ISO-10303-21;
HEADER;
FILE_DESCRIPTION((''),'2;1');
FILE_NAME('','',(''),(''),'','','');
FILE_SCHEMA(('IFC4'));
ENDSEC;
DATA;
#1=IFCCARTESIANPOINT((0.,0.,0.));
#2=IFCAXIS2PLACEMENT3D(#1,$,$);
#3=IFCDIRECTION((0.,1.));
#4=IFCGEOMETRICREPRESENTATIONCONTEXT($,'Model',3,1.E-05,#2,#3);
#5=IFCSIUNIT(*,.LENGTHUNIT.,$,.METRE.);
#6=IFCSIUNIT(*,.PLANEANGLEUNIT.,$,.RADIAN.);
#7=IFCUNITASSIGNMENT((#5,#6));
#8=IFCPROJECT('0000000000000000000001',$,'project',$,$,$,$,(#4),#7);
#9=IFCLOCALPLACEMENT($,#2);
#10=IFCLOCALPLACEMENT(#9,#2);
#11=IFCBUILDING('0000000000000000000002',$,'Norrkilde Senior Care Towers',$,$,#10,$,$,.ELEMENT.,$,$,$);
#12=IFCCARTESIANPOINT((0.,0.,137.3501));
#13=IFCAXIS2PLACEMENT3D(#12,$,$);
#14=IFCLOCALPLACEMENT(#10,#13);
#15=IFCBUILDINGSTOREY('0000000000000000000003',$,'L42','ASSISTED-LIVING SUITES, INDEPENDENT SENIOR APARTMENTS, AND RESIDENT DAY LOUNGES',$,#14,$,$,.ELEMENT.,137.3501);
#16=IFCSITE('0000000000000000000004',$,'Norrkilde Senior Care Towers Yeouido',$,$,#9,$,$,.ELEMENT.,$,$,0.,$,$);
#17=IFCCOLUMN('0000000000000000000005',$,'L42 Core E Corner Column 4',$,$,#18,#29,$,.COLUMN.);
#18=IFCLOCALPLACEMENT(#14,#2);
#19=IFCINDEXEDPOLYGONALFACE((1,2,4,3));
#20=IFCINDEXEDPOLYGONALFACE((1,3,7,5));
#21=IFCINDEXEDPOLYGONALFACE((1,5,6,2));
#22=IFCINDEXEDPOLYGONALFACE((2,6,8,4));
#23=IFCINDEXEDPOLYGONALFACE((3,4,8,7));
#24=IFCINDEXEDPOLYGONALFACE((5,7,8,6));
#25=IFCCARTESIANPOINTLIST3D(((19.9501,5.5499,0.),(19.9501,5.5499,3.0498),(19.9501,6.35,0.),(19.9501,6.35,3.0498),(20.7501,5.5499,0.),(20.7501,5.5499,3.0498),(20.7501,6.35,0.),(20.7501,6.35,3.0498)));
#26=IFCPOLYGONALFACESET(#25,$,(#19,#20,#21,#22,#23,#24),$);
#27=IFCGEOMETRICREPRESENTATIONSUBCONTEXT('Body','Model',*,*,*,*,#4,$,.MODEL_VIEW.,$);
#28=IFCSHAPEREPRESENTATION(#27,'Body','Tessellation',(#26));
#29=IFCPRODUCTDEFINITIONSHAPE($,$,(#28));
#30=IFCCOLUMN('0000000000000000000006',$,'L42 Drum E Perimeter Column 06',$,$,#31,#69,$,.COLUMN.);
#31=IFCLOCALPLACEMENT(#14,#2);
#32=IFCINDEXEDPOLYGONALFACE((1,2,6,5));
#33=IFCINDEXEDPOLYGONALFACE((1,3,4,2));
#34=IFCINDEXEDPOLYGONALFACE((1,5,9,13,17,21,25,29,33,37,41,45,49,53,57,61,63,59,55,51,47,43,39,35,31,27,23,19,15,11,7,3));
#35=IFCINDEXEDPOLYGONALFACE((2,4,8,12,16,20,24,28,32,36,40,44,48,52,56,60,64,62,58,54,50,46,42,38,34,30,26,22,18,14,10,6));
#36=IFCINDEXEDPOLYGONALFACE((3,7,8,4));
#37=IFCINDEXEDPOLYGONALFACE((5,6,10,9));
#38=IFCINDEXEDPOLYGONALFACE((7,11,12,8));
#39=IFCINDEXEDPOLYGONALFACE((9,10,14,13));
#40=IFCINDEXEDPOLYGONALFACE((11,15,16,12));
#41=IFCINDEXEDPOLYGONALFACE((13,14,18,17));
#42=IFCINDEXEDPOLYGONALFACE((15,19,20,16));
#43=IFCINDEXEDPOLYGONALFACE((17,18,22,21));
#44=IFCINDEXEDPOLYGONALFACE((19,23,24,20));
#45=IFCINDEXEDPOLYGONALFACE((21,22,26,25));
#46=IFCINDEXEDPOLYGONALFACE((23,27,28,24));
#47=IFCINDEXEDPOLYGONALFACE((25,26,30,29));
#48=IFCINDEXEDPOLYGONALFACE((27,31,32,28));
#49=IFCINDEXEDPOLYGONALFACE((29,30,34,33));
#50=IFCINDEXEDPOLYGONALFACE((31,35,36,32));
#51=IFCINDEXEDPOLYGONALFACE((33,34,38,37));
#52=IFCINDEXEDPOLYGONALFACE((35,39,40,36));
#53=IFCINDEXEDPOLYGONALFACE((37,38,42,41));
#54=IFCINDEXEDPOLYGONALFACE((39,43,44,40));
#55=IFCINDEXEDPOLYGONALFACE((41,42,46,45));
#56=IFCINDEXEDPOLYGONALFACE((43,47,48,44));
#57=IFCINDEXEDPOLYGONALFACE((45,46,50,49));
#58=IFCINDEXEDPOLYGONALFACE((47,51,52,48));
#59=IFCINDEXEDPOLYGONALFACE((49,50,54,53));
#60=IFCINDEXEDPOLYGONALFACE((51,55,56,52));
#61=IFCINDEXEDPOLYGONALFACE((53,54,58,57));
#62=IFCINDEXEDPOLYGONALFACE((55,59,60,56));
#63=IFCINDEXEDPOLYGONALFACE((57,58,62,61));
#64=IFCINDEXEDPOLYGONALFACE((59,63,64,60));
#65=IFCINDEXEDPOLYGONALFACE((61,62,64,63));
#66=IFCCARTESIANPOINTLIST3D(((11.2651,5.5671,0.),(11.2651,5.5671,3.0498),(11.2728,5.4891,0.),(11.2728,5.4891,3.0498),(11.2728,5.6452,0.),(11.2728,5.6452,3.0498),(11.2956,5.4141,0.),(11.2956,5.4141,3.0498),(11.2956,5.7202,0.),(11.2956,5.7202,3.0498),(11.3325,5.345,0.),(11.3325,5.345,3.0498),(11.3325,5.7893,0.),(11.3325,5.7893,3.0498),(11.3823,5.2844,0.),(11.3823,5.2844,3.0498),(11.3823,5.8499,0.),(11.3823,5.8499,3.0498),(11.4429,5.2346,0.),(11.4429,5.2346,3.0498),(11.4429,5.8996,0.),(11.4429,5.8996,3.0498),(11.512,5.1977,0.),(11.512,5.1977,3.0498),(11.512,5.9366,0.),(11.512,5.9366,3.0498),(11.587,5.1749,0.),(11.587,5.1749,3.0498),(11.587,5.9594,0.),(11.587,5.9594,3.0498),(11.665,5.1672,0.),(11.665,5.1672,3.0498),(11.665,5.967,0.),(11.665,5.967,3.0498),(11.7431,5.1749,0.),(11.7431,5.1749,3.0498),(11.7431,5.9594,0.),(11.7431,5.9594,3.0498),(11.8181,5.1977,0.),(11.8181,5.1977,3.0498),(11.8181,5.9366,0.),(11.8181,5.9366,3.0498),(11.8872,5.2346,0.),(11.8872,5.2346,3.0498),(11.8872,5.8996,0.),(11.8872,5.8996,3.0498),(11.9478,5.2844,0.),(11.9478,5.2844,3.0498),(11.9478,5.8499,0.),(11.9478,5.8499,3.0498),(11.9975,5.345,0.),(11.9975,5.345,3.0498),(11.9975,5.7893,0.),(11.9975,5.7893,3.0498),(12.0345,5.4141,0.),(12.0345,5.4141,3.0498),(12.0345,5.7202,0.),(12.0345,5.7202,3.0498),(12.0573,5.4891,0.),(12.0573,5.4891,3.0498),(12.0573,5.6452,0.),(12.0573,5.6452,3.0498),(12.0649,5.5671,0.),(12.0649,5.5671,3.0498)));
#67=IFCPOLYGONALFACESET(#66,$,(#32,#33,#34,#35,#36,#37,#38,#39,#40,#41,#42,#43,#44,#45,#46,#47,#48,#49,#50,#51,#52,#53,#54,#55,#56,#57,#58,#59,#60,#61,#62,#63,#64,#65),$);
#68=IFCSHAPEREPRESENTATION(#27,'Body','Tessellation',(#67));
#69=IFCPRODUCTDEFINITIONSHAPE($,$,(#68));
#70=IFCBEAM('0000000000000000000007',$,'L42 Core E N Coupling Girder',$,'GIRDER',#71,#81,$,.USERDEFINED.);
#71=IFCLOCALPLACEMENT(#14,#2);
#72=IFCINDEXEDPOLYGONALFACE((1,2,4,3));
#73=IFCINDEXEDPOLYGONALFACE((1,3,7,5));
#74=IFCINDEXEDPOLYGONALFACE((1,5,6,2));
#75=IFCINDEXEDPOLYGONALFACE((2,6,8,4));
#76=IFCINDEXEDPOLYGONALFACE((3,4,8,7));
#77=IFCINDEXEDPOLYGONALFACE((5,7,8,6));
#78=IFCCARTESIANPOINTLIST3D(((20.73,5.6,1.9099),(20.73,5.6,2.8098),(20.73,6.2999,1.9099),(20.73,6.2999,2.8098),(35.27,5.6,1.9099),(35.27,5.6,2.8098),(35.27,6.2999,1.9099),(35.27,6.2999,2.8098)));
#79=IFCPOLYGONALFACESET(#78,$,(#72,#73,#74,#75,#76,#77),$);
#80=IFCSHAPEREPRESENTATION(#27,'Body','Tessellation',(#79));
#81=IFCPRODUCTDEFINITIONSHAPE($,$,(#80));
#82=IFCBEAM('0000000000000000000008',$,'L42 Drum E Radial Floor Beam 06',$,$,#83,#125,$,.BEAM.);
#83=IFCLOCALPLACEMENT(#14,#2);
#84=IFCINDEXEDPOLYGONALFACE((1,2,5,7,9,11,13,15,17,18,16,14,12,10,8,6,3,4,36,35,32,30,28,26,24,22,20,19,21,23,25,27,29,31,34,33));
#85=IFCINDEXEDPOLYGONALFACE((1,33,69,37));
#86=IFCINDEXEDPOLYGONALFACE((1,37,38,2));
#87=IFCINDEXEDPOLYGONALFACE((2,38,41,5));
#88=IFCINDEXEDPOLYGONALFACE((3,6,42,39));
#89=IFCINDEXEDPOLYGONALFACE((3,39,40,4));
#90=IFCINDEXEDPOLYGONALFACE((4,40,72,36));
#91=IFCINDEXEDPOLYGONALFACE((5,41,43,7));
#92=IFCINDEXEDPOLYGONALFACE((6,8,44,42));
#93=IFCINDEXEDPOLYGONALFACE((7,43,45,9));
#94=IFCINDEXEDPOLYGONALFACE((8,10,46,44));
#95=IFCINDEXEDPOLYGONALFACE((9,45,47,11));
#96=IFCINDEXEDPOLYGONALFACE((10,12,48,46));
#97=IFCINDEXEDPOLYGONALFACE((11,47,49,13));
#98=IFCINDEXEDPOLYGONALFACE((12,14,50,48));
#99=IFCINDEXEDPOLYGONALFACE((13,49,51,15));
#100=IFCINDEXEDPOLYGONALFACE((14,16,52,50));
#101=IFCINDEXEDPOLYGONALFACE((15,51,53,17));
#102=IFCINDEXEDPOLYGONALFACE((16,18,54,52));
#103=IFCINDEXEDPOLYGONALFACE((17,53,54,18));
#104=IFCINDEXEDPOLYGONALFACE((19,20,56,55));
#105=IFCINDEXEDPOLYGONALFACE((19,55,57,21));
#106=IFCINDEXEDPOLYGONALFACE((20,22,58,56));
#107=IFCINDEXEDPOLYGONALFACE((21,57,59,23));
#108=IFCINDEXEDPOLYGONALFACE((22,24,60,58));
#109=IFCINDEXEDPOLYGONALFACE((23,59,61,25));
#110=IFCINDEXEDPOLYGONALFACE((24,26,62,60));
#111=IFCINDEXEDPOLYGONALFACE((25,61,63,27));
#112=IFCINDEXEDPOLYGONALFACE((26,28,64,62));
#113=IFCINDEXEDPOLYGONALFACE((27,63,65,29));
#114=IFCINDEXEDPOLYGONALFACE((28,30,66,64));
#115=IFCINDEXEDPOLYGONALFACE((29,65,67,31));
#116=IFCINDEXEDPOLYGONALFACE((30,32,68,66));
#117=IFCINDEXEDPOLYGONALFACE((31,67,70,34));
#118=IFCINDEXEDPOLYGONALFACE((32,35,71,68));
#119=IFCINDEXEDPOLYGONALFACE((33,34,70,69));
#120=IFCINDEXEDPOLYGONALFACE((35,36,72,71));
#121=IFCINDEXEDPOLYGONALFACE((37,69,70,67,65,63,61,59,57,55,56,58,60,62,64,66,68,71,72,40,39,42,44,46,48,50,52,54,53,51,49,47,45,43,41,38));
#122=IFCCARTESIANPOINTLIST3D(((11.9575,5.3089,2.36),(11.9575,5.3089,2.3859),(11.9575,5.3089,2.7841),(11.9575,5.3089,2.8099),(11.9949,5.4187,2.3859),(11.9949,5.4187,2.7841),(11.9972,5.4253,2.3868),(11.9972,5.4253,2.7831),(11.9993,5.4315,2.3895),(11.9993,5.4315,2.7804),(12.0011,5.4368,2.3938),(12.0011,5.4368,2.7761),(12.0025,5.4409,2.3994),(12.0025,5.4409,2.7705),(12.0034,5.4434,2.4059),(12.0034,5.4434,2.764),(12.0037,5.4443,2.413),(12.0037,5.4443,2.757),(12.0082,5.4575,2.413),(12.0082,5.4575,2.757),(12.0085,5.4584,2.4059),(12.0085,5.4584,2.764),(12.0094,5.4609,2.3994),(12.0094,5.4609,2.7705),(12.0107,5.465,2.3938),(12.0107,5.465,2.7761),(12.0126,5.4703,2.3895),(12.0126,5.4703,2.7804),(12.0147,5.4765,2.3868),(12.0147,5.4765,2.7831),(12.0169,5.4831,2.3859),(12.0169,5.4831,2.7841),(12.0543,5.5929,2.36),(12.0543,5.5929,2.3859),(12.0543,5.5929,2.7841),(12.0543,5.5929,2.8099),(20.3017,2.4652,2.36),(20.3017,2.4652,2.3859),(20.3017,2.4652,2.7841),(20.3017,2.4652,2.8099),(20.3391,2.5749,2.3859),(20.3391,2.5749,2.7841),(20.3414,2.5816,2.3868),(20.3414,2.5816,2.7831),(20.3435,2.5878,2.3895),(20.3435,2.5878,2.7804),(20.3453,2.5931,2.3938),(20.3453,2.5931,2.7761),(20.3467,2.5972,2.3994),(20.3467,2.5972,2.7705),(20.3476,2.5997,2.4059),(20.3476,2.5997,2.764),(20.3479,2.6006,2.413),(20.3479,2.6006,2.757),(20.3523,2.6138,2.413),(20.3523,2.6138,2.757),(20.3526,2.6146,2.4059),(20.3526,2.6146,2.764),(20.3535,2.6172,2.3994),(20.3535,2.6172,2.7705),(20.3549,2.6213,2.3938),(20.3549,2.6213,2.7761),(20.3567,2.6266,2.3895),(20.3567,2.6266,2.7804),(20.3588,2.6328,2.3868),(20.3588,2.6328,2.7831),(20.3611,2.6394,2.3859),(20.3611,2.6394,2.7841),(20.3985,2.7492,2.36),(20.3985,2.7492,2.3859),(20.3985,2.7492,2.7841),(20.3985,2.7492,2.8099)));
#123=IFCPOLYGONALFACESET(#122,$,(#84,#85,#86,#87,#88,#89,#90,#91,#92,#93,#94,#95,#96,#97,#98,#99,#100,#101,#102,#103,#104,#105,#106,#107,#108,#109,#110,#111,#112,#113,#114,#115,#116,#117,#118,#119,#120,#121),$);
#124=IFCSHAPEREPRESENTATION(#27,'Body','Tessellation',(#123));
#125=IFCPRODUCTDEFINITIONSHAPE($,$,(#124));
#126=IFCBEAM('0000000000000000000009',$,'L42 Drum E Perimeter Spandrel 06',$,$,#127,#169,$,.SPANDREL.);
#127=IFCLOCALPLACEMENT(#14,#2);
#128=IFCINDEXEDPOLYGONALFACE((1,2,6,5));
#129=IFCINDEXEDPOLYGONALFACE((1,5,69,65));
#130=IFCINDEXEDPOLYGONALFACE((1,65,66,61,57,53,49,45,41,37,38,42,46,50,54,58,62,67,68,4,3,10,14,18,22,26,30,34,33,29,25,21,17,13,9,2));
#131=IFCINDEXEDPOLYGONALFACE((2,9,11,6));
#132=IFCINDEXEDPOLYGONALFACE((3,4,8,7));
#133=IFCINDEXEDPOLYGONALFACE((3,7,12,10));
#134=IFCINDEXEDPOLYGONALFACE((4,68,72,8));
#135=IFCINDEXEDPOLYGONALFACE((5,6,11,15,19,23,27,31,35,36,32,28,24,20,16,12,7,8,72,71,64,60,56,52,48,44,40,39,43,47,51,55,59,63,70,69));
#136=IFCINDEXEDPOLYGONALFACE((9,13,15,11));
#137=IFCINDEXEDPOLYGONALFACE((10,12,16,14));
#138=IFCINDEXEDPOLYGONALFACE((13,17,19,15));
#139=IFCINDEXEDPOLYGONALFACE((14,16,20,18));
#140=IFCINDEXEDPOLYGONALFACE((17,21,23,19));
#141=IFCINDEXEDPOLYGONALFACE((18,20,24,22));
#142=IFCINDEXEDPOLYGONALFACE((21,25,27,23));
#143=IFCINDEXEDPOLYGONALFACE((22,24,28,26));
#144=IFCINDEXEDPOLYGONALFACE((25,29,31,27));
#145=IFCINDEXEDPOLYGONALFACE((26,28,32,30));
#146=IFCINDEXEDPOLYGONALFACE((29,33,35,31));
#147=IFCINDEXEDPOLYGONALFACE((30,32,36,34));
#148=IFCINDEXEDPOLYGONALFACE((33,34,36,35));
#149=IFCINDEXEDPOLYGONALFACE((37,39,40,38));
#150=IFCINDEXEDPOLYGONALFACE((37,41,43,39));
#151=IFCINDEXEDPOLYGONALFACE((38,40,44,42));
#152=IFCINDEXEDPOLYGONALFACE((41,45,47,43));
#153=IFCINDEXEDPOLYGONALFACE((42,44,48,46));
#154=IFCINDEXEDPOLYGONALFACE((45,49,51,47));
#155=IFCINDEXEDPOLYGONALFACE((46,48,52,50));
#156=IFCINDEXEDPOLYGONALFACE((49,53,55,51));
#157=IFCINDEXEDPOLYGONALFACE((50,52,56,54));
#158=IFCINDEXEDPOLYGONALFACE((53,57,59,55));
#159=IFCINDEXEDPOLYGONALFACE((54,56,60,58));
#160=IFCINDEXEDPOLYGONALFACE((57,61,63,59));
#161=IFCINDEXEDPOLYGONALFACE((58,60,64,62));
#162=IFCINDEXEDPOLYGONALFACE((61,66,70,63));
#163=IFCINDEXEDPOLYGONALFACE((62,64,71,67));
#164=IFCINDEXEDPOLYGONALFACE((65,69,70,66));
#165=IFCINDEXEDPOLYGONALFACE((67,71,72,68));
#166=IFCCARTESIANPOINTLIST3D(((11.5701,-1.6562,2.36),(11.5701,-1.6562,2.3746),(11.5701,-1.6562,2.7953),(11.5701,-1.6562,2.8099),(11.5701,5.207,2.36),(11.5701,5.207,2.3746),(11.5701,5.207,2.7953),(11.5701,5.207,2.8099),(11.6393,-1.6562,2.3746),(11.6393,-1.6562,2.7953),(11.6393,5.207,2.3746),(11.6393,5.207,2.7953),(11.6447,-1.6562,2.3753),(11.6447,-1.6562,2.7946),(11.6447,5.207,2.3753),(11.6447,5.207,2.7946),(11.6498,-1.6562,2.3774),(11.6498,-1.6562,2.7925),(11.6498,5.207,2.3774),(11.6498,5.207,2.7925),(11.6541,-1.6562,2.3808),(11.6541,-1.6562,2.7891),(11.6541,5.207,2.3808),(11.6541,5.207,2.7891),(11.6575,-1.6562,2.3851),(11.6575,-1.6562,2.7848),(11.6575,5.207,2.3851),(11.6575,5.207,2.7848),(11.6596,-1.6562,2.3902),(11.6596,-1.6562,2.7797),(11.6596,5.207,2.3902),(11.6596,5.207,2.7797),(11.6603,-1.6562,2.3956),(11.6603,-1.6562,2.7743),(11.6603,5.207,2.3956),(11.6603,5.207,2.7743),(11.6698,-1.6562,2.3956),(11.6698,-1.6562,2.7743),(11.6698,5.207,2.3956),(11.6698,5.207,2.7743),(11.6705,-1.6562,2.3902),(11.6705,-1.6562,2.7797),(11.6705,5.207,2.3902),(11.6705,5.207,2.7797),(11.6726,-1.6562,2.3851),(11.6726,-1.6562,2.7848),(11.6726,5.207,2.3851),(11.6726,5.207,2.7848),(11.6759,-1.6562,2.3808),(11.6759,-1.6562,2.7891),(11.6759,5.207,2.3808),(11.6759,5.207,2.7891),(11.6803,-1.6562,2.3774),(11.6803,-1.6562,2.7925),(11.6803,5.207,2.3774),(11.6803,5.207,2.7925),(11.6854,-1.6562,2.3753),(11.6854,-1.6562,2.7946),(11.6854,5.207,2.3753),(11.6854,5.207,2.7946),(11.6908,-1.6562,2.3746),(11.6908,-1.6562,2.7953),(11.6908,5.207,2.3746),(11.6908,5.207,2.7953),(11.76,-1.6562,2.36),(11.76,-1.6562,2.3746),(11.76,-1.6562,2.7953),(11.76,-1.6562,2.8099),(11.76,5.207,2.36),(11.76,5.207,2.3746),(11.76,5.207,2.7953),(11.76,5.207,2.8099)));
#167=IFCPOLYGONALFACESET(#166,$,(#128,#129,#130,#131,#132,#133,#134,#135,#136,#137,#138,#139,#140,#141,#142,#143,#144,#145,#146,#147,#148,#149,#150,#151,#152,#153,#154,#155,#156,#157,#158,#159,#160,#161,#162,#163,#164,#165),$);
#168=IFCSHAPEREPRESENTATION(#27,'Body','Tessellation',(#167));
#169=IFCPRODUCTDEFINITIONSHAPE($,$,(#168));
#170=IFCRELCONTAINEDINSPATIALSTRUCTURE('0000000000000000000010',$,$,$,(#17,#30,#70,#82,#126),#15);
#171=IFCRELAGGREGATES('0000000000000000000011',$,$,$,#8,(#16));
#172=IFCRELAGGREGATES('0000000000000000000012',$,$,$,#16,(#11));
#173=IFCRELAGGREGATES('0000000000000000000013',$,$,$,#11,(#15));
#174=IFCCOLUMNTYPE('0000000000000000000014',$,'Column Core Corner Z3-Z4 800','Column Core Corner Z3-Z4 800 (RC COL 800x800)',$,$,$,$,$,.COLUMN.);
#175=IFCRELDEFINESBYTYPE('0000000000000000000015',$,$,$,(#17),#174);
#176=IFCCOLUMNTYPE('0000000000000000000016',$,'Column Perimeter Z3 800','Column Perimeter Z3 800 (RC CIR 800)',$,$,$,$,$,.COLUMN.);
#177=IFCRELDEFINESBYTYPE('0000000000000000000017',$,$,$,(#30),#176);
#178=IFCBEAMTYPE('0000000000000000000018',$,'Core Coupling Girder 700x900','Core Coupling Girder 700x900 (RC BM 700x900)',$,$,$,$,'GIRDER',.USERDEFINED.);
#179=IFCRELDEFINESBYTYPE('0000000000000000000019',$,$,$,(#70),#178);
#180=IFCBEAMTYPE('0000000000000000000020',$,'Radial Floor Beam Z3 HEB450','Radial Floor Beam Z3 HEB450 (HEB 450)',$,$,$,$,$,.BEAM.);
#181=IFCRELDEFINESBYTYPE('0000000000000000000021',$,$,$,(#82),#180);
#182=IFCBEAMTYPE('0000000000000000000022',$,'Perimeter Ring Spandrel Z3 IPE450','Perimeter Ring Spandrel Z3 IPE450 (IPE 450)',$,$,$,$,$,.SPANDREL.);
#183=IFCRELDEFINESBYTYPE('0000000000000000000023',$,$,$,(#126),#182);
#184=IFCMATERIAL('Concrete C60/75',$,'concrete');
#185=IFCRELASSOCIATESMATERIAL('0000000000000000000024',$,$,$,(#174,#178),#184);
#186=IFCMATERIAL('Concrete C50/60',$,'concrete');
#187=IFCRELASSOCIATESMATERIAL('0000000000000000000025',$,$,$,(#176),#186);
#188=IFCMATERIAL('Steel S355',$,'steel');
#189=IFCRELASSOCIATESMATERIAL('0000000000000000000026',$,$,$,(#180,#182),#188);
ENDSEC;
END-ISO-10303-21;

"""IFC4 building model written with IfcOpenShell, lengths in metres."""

from ifc_helpers import new_model, si_unit, direction, frame, origin, origin_2d, place, context, subcontext, project, spatial, rectangle, circle, i_section, extrude, source, transform, mapped, material, material_profile, profile_set, type_object, type_shapes, element, save


model = new_model("IFC4")

# Units and contexts
model_context = context("Model", 3, precision=1e-05, world=origin(), true_north=direction((0.0, 1.0)))
body_context = subcontext(model_context, "Body", "Model", "MODEL_VIEW")
ifc_project = project(units=[si_unit("LENGTHUNIT", "METRE"), si_unit("PLANEANGLEUNIT", "RADIAN")], contexts=[model_context])

# Site, building, storey
site_placement = place(None, origin())
site = spatial("IfcSite", under=ifc_project, at=site_placement, Name="Norrkilde Senior Care Towers Yeouido", CompositionType="ELEMENT", RefElevation=0.0)
building_placement = place(site_placement, origin())
building = spatial("IfcBuilding", under=site, at=building_placement, Name="Norrkilde Senior Care Towers", CompositionType="ELEMENT")
storey_placement = place(building_placement, frame((0.0, 0.0, 137.3501)))
storey = spatial("IfcBuildingStorey", under=building, at=storey_placement, Name="L42", Description="ASSISTED-LIVING SUITES, INDEPENDENT SENIOR APARTMENTS, AND RESIDENT DAY LOUNGES", CompositionType="ELEMENT", Elevation=137.3501)

# Columns
ifc_material_1 = material(Name="Concrete C60/75", Category="concrete")
ifc_material_profile_1 = material_profile(ifc_material_1, rectangle(XDim=0.8, YDim=0.8, at=origin_2d()), Name="RC COL 800x800")
ifc_profile_set_1 = profile_set([ifc_material_profile_1], Name="Concrete C60/75")
column_type_1 = type_object("IfcColumnType", Name="Column Core Corner Z3-Z4 800", Description="Column Core Corner Z3-Z4 800 (RC COL 800x800)", PredefinedType="COLUMN", material=ifc_profile_set_1)
shared_shape_1 = source(origin(), body_context, "Body", "SweptSolid", [
    extrude(rectangle(XDim=0.8, YDim=0.8, at=origin_2d()), origin(), (0.0, 0.0, 1.0), 3.0498),
])
type_shapes(column_type_1, [shared_shape_1])
column_1_placement = place(storey_placement, frame((20.3501, 5.95, 0.0), z_axis=(0.0, 0.0, 1.0), x_axis=(1.0, 0.0, 0.0)))
element("IfcColumn", 1, at=column_1_placement, inside=storey, type_object=column_type_1, Name="L42 Core E Corner Column 4", PredefinedType="COLUMN", context=body_context, shape_type="MappedRepresentation", body=[
    mapped(shared_shape_1, transform((0.0, 0.0, 0.0), x_axis=(1.0, 0.0, 0.0), y_axis=(0.0, 1.0, 0.0), z_axis=(0.0, 0.0, 1.0), scale=1.0)),
])
ifc_material_2 = material(Name="Concrete C50/60", Category="concrete")
ifc_material_profile_2 = material_profile(ifc_material_2, circle(Radius=0.3999, at=origin_2d()), Name="RC CIR 800")
ifc_profile_set_2 = profile_set([ifc_material_profile_2], Name="Concrete C50/60")
column_type_2 = type_object("IfcColumnType", Name="Column Perimeter Z3 800", Description="Column Perimeter Z3 800 (RC CIR 800)", PredefinedType="COLUMN", material=ifc_profile_set_2)
shared_shape_2 = source(origin(), body_context, "Body", "SweptSolid", [
    extrude(circle(Radius=0.3999, at=origin_2d()), origin(), (0.0, 0.0, 1.0), 3.0498),
])
type_shapes(column_type_2, [shared_shape_2])
column_2_placement = place(storey_placement, frame((11.665, 5.5671, 0.0), z_axis=(0.0, 0.0, 1.0), x_axis=(1.0, 0.0, 0.0)))
element("IfcColumn", 2, at=column_2_placement, inside=storey, type_object=column_type_2, Name="L42 Drum E Perimeter Column 06", PredefinedType="COLUMN", context=body_context, shape_type="MappedRepresentation", body=[
    mapped(shared_shape_2, transform((0.0, 0.0, 0.0), x_axis=(1.0, 0.0, 0.0), y_axis=(0.0, 1.0, 0.0), z_axis=(0.0, 0.0, 1.0), scale=1.0)),
])

# Beams
ifc_material_profile_3 = material_profile(ifc_material_1, rectangle(XDim=0.7, YDim=0.8999, at=origin_2d()), Name="RC BM 700x900")
ifc_profile_set_3 = profile_set([ifc_material_profile_3], Name="Concrete C60/75")
beam_type_1 = type_object("IfcBeamType", Name="Core Coupling Girder 700x900", Description="Core Coupling Girder 700x900 (RC BM 700x900)", ElementType="GIRDER", PredefinedType="USERDEFINED", material=ifc_profile_set_3)
shared_shape_3 = source(origin(), body_context, "Body", "SweptSolid", [
    extrude(rectangle(XDim=0.7, YDim=0.8999, at=origin_2d()), origin(), (0.0, 0.0, 1.0), 14.54),
])
type_shapes(beam_type_1, [shared_shape_3])
beam_1_placement = place(storey_placement, frame((20.73, 5.95, 2.3599), z_axis=(1.0, 0.0, 0.0), x_axis=(0.0, 1.0, 0.0)))
element("IfcBeam", 3, at=beam_1_placement, inside=storey, type_object=beam_type_1, Name="L42 Core E N Coupling Girder", ObjectType="GIRDER", PredefinedType="USERDEFINED", context=body_context, shape_type="MappedRepresentation", body=[
    mapped(shared_shape_3, transform((0.0, 0.0, 0.0), x_axis=(1.0, 0.0, 0.0), y_axis=(0.0, 1.0, 0.0), z_axis=(0.0, 0.0, 1.0), scale=1.0)),
])
ifc_material_3 = material(Name="Steel S355", Category="steel")
ifc_material_profile_4 = material_profile(ifc_material_3, i_section(OverallWidth=0.3, OverallDepth=0.45, WebThickness=0.0139, FlangeThickness=0.0259, FilletRadius=0.0271, at=origin_2d()), Name="HEB 450")
ifc_profile_set_4 = profile_set([ifc_material_profile_4], Name="Steel S355")
beam_type_2 = type_object("IfcBeamType", Name="Radial Floor Beam Z3 HEB450", Description="Radial Floor Beam Z3 HEB450 (HEB 450)", PredefinedType="BEAM", material=ifc_profile_set_4)
shared_shape_4 = source(origin(), body_context, "Body", "SweptSolid", [
    extrude(i_section(OverallWidth=0.3, OverallDepth=0.45, WebThickness=0.0139, FlangeThickness=0.0259, FilletRadius=0.0271, at=origin_2d()), origin(), (0.0, 0.0, 1.0), 8.8154),
])
beam_2_placement = place(storey_placement, frame((20.3501, 2.6072, 2.585), z_axis=(-0.946541, 0.322585, 0.0), x_axis=(-0.322585, -0.946541, 0.0)))
element("IfcBeam", 4, at=beam_2_placement, inside=storey, type_object=beam_type_2, Name="L42 Drum E Radial Floor Beam 06", PredefinedType="BEAM", context=body_context, shape_type="MappedRepresentation", body=[
    mapped(shared_shape_4, transform((0.0, 0.0, 0.0), x_axis=(1.0, 0.0, 0.0), y_axis=(0.0, 1.0, 0.0), z_axis=(0.0, 0.0, 1.0), scale=1.0)),
])
ifc_material_profile_5 = material_profile(ifc_material_3, i_section(OverallWidth=0.1899, OverallDepth=0.45, WebThickness=0.0095, FlangeThickness=0.0146, FilletRadius=0.021, at=origin_2d()), Name="IPE 450")
ifc_profile_set_5 = profile_set([ifc_material_profile_5], Name="Steel S355")
beam_type_3 = type_object("IfcBeamType", Name="Perimeter Ring Spandrel Z3 IPE450", Description="Perimeter Ring Spandrel Z3 IPE450 (IPE 450)", PredefinedType="SPANDREL", material=ifc_profile_set_5)
shared_shape_5 = source(origin(), body_context, "Body", "SweptSolid", [
    extrude(i_section(OverallWidth=0.1899, OverallDepth=0.45, WebThickness=0.0095, FlangeThickness=0.0146, FilletRadius=0.021, at=origin_2d()), origin(), (0.0, 0.0, 1.0), 6.8633),
])
type_shapes(beam_type_3, [shared_shape_5])
beam_3_placement = place(storey_placement, frame((11.665, 5.207, 2.585), z_axis=(0.0, -1.0, 0.0), x_axis=(1.0, 0.0, 0.0)))
element("IfcBeam", 5, at=beam_3_placement, inside=storey, type_object=beam_type_3, Name="L42 Drum E Perimeter Spandrel 06", PredefinedType="SPANDREL", context=body_context, shape_type="MappedRepresentation", body=[
    mapped(shared_shape_5, transform((0.0, 0.0, 0.0), x_axis=(1.0, 0.0, 0.0), y_axis=(0.0, 1.0, 0.0), z_axis=(0.0, 0.0, 1.0), scale=1.0)),
])

save(model, "model.ifc")
